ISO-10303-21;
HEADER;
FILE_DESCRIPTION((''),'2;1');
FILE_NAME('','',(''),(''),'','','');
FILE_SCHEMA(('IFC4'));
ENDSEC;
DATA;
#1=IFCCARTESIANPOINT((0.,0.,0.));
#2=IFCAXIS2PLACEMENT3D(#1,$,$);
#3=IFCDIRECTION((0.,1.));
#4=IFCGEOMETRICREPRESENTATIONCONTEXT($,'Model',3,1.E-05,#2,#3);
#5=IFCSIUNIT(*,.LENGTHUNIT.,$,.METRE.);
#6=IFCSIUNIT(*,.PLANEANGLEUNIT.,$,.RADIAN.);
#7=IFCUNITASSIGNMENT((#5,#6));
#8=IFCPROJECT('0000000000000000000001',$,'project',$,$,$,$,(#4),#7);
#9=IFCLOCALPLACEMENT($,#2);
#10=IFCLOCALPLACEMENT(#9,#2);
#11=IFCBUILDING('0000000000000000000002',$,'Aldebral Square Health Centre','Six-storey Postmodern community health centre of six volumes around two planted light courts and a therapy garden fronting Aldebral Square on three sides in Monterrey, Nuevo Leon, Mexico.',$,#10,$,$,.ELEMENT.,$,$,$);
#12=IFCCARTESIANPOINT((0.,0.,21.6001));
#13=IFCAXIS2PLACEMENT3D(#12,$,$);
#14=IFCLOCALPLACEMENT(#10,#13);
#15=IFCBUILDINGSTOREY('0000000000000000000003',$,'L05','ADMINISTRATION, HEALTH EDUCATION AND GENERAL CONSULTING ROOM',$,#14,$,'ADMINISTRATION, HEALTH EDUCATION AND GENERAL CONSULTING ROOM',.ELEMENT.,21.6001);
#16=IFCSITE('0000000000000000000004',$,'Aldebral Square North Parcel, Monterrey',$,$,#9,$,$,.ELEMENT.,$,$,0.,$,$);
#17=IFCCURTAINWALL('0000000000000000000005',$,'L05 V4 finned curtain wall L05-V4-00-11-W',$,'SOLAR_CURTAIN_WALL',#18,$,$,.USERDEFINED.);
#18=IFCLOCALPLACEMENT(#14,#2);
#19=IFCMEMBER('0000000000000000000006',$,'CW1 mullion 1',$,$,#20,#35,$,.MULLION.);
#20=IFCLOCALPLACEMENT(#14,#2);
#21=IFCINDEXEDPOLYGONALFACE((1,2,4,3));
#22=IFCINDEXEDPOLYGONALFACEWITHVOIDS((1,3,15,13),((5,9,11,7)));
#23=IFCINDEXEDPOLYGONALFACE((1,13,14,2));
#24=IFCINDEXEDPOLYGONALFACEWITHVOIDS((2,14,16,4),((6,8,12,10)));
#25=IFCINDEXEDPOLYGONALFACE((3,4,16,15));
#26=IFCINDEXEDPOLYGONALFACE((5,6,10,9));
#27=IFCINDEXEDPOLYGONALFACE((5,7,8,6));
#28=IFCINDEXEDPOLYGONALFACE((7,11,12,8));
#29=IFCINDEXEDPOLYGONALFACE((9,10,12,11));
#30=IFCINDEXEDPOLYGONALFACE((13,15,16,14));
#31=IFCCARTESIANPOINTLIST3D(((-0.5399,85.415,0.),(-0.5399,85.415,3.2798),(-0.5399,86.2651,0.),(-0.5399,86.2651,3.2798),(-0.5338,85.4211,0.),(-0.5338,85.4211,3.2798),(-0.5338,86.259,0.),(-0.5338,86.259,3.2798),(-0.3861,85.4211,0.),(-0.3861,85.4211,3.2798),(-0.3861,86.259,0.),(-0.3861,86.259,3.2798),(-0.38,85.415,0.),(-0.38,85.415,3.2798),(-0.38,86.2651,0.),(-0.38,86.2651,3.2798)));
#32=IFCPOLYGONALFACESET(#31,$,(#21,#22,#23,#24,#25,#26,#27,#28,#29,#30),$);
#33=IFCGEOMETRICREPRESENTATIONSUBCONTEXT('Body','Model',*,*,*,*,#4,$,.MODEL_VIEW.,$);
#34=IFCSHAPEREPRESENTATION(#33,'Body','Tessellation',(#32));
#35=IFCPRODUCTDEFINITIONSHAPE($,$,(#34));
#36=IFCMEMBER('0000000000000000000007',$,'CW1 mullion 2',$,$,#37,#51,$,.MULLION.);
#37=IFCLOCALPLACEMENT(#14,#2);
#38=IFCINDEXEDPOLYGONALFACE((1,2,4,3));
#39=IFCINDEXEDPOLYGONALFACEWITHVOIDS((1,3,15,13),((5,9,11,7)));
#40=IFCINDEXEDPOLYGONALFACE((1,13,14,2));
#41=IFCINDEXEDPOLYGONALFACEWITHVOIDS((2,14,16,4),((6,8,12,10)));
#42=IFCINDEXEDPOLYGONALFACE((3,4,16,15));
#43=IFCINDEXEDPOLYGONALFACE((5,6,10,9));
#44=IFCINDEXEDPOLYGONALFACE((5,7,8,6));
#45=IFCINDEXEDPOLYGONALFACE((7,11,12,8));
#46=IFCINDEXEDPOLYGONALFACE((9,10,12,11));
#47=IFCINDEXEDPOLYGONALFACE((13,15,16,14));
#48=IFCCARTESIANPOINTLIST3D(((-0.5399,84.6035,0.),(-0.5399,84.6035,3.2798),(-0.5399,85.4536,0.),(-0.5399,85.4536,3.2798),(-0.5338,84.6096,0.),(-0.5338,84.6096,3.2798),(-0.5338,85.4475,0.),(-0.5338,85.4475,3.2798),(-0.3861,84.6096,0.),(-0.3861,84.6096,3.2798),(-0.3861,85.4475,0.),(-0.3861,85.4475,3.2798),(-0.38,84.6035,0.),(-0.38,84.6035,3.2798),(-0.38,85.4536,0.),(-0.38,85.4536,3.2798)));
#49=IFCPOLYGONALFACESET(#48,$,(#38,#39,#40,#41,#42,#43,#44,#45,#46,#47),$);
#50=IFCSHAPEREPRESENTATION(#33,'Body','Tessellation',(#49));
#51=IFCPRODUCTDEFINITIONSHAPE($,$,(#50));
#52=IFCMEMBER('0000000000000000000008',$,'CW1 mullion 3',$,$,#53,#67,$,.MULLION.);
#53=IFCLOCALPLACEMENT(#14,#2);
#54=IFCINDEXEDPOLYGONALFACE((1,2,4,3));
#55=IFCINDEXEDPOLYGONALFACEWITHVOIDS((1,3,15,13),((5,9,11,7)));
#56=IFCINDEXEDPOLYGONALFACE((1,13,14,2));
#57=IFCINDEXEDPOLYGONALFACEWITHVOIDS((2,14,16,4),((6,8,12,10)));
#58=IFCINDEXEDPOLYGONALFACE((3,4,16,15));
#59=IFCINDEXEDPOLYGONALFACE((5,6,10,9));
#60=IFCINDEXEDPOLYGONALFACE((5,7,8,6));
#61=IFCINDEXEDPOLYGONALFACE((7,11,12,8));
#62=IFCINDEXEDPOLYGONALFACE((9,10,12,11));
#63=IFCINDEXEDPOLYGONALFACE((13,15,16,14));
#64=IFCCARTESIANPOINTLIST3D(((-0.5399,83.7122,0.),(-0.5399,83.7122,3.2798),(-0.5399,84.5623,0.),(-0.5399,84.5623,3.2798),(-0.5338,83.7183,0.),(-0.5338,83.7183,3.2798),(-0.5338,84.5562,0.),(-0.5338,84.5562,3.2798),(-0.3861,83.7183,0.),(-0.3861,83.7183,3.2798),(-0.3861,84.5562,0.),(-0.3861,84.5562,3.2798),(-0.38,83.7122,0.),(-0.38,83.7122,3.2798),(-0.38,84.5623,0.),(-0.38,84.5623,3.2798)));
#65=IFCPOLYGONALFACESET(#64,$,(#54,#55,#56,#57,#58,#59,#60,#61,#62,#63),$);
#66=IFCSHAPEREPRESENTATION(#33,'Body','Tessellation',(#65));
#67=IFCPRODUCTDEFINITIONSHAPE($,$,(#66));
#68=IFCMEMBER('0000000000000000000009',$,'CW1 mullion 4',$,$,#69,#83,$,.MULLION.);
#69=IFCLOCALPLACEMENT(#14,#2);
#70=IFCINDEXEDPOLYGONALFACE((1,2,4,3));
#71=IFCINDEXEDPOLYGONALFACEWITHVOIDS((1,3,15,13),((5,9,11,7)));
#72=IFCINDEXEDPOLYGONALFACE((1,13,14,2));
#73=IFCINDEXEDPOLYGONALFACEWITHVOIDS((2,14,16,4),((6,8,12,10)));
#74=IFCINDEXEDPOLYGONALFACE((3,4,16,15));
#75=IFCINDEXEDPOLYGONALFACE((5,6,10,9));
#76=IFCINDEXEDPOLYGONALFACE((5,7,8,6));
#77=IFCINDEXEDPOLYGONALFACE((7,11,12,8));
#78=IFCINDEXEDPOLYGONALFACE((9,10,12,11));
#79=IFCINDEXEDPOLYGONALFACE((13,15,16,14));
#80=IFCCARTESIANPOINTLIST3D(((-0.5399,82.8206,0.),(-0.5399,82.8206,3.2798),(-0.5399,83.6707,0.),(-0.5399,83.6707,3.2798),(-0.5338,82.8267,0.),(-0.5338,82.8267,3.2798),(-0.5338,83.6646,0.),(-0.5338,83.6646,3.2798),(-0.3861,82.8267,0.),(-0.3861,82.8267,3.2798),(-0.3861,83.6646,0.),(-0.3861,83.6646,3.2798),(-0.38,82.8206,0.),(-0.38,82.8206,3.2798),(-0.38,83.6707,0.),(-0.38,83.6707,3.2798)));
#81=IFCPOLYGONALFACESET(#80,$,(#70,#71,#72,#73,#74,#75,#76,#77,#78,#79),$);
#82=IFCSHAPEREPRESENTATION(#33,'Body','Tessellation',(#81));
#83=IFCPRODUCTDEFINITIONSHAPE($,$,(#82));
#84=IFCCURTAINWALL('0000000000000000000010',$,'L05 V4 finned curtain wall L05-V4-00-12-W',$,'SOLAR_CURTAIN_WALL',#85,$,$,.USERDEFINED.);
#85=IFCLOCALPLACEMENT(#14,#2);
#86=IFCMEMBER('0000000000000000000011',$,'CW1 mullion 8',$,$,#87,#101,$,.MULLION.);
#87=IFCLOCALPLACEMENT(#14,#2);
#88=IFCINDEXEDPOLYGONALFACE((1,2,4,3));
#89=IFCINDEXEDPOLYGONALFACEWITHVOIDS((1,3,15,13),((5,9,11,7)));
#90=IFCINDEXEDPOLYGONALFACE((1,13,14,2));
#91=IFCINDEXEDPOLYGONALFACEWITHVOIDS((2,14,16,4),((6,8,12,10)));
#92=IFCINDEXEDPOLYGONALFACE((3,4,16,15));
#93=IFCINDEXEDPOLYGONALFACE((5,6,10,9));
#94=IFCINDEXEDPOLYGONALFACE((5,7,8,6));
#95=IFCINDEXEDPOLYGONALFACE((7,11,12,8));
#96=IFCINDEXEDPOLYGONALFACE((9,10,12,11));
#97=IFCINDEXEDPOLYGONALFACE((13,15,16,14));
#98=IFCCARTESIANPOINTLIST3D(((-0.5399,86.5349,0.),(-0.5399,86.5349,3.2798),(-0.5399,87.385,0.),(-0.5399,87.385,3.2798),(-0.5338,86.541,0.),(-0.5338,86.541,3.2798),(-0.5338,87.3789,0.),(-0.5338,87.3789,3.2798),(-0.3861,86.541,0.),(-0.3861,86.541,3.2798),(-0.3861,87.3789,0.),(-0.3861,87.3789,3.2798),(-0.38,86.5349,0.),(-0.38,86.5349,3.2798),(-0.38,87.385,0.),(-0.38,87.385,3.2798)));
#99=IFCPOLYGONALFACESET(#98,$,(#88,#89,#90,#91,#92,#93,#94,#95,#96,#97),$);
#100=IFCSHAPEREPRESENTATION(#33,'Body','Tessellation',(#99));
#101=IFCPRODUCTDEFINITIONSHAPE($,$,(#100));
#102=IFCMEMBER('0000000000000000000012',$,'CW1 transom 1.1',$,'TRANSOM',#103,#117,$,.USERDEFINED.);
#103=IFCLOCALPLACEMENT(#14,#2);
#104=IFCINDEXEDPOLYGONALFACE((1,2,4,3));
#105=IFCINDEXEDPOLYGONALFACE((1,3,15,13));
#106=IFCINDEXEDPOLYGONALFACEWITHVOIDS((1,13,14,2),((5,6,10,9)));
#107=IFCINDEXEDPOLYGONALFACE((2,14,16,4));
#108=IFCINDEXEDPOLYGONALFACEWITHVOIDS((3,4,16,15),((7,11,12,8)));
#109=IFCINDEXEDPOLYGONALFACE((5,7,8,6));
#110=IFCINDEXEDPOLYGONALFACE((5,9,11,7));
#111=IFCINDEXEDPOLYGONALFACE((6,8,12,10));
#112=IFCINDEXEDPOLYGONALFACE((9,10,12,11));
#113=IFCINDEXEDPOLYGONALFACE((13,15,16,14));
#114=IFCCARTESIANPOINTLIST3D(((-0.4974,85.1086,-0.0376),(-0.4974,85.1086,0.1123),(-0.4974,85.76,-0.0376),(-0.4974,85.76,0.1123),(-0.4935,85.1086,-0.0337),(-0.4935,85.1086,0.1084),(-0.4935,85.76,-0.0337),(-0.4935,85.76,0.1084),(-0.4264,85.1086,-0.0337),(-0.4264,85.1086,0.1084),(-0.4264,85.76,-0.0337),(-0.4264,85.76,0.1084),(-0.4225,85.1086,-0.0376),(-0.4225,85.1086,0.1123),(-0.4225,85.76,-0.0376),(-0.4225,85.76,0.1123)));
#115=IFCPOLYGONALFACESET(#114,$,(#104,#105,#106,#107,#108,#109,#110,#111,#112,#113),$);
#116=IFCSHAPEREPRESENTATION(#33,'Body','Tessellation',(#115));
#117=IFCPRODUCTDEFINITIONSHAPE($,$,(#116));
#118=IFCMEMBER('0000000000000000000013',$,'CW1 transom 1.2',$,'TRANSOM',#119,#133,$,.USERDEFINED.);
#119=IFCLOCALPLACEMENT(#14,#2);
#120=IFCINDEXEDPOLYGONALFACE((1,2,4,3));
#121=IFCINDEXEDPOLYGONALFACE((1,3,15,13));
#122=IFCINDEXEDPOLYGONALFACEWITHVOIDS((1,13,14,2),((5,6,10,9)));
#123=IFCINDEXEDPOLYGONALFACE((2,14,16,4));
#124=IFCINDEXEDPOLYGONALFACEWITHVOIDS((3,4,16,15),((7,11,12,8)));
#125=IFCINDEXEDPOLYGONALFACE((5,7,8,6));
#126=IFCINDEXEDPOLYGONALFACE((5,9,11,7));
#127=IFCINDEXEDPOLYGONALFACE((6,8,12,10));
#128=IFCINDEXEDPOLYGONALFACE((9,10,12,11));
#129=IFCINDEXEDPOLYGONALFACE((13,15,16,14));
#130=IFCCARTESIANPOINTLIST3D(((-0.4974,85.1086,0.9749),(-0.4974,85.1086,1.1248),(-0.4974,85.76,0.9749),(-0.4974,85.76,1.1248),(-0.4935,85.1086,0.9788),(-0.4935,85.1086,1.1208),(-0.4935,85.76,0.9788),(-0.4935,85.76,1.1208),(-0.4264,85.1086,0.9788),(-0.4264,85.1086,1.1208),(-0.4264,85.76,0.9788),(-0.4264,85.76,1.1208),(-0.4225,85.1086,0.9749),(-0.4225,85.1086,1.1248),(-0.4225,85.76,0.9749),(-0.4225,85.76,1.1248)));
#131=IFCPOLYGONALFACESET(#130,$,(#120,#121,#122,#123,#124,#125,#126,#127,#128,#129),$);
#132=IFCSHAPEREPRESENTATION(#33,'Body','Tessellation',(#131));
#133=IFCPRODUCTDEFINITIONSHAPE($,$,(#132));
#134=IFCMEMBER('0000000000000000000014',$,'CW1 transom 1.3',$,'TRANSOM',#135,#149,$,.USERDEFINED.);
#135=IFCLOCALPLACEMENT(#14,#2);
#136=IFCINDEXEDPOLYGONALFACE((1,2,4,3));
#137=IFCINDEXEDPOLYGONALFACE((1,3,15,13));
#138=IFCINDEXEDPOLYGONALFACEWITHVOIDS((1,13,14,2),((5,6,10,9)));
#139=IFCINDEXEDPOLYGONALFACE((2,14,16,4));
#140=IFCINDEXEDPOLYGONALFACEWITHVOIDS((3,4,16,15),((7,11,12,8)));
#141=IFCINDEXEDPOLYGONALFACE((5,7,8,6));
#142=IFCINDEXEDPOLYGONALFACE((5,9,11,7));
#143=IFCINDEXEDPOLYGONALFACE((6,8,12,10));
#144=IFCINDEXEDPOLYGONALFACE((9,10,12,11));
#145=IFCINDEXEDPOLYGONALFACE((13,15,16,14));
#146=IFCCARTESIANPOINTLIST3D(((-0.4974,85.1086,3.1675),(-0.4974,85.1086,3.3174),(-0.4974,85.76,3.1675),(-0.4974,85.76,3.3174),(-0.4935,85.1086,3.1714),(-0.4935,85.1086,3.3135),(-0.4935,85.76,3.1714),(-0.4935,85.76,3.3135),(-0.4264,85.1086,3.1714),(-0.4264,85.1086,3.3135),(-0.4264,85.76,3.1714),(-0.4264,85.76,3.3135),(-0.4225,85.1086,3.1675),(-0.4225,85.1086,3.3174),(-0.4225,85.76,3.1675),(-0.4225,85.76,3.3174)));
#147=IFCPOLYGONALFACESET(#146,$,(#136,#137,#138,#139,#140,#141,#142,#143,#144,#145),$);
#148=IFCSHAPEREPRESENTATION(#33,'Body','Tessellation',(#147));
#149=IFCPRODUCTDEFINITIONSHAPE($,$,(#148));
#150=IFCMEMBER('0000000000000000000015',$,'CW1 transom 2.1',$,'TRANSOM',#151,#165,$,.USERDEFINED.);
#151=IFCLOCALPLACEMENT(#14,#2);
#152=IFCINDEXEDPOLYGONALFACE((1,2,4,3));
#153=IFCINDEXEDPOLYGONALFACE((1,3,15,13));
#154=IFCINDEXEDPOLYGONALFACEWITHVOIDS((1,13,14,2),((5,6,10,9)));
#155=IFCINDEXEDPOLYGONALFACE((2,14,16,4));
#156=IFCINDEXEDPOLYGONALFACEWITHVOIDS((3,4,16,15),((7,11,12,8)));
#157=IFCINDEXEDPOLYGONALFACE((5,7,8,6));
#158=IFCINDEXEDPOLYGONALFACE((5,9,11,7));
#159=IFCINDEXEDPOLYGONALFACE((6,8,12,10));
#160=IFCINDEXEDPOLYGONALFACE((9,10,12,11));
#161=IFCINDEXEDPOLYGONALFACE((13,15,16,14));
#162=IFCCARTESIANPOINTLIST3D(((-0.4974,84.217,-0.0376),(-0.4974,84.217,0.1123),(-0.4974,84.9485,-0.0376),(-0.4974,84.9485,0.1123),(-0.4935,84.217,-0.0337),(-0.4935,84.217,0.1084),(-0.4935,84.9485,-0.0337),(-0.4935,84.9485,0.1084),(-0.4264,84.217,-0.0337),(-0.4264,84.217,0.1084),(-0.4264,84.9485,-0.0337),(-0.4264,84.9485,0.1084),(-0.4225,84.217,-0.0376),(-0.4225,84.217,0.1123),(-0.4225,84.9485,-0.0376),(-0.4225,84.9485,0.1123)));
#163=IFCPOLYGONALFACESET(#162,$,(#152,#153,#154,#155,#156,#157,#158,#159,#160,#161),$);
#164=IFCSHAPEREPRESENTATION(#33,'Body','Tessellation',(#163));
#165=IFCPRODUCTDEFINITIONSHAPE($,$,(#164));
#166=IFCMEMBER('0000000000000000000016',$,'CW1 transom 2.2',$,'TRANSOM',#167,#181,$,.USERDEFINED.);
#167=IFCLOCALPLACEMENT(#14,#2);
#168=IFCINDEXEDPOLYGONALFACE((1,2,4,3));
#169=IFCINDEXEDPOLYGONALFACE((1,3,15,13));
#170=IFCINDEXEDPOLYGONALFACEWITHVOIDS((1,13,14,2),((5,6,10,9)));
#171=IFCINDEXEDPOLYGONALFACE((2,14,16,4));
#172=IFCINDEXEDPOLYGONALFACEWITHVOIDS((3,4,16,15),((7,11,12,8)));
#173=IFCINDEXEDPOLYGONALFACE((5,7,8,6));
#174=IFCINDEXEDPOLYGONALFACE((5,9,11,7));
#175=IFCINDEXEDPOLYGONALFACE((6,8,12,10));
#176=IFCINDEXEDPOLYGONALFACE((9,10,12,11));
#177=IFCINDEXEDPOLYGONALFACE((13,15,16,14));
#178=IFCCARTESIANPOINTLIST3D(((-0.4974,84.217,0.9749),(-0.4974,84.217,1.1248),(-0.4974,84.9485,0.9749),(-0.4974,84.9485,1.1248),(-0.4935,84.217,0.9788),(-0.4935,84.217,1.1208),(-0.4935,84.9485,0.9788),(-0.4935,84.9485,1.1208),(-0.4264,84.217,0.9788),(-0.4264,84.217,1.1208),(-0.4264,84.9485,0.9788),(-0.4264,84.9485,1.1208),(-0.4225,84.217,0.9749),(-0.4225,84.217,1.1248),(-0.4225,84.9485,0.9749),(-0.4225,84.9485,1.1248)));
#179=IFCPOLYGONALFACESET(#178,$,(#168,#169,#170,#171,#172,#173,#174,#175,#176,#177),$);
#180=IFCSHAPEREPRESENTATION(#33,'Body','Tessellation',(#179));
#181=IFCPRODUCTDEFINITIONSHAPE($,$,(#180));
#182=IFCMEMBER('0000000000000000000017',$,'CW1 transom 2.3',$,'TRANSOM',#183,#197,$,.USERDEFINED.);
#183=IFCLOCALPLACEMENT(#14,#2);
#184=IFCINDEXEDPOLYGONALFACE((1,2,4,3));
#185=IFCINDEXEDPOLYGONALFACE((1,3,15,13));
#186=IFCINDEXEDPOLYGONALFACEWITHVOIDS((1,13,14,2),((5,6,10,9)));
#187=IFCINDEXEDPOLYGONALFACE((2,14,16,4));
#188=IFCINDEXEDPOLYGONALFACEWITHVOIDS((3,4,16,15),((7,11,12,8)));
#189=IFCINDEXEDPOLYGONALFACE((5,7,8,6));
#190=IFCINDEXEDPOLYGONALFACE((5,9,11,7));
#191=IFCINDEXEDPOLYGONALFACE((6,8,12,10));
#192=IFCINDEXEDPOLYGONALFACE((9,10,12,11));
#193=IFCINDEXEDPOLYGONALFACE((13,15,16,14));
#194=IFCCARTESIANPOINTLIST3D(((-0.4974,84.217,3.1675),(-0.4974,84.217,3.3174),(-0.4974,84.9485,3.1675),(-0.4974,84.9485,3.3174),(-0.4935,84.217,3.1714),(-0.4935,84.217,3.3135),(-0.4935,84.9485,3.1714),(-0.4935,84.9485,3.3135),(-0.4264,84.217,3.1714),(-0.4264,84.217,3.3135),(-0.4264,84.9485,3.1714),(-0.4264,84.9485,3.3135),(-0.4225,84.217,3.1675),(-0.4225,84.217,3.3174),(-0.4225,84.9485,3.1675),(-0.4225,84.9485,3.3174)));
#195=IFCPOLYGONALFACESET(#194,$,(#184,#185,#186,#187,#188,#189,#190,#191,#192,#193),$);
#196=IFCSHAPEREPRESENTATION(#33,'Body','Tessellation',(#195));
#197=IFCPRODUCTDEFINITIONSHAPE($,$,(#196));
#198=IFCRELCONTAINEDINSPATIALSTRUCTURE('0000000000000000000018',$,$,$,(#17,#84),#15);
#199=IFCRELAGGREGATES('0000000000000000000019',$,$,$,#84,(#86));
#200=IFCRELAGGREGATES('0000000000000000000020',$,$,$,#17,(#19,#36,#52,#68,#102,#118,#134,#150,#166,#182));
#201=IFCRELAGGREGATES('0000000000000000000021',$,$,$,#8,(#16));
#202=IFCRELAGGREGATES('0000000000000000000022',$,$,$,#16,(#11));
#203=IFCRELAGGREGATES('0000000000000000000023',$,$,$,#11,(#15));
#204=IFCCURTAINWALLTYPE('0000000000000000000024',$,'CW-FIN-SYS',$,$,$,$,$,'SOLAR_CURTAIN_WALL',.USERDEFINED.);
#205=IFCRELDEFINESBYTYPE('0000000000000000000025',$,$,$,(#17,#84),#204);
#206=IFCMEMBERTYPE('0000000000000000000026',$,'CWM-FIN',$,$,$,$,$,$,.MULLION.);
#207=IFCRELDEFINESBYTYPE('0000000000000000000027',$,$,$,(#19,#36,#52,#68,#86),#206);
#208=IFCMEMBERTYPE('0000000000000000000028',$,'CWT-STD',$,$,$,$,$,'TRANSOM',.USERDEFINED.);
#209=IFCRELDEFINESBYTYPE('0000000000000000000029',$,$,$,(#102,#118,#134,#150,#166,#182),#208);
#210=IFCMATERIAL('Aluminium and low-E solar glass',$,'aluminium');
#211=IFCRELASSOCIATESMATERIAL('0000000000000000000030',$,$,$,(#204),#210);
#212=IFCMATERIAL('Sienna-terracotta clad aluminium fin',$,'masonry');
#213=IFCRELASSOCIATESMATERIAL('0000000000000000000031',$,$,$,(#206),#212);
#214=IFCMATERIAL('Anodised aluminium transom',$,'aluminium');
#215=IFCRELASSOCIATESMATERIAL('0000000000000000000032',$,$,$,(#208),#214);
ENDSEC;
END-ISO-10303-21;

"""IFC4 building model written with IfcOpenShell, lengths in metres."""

from ifc_helpers import new_model, si_unit, direction, frame, origin, origin_2d, place, context, subcontext, project, spatial, hollow_rectangle, extrude, material, material_profile, profile_set, type_object, element, aggregate, save


model = new_model("IFC4")

# Units and contexts
model_context = context("Model", 3, precision=1e-05, world=origin(), true_north=direction((0.0, 1.0)))
body_context = subcontext(model_context, "Body", "Model", "MODEL_VIEW")
ifc_project = project(units=[si_unit("LENGTHUNIT", "METRE"), si_unit("PLANEANGLEUNIT", "RADIAN")], contexts=[model_context])

# Site, building, storey
site_placement = place(None, origin())
site = spatial("IfcSite", under=ifc_project, at=site_placement, Name="Aldebral Square North Parcel, Monterrey", CompositionType="ELEMENT", RefElevation=0.0)
building_placement = place(site_placement, origin())
building = spatial("IfcBuilding", under=site, at=building_placement, Name="Aldebral Square Health Centre", Description="Six-storey Postmodern community health centre of six volumes around two planted light courts and a therapy garden fronting Aldebral Square on three sides in Monterrey, Nuevo Leon, Mexico.", CompositionType="ELEMENT")
storey_placement = place(building_placement, frame((0.0, 0.0, 21.6001)))
storey = spatial("IfcBuildingStorey", under=building, at=storey_placement, Name="L05", Description="ADMINISTRATION, HEALTH EDUCATION AND GENERAL CONSULTING ROOM", LongName="ADMINISTRATION, HEALTH EDUCATION AND GENERAL CONSULTING ROOM", CompositionType="ELEMENT", Elevation=21.6001)

# Curtain wall, members
ifc_material_1 = material(Name="Aluminium and low-E solar glass", Category="aluminium")
curtain_wall_type = type_object("IfcCurtainWallType", Name="CW-FIN-SYS", ElementType="SOLAR_CURTAIN_WALL", PredefinedType="USERDEFINED", material=ifc_material_1)
curtain_wall_1_placement = place(storey_placement, origin())
curtain_wall_1 = element("IfcCurtainWall", 1, at=curtain_wall_1_placement, inside=storey, type_object=curtain_wall_type, Name="L05 V4 finned curtain wall L05-V4-00-11-W", ObjectType="SOLAR_CURTAIN_WALL", PredefinedType="USERDEFINED")
ifc_material_2 = material(Name="Sienna-terracotta clad aluminium fin", Category="masonry")
ifc_material_profile_1 = material_profile(ifc_material_2, hollow_rectangle(XDim=0.1599, YDim=0.8501, WallThickness=0.0061, at=origin_2d()), Name="FIN 160x850x6")
ifc_profile_set_1 = profile_set([ifc_material_profile_1], Name="Sienna-terracotta clad aluminium fin")
member_type_1 = type_object("IfcMemberType", Name="CWM-FIN", PredefinedType="MULLION", material=ifc_profile_set_1)
member_1_placement = place(storey_placement, frame((-0.46, 85.8401, 0.0), z_axis=(0.0, 0.0, 1.0), x_axis=(1.0, 0.0, 0.0)))
member_1 = element("IfcMember", 2, at=member_1_placement, type_object=member_type_1, Name="CW1 mullion 1", PredefinedType="MULLION", context=body_context, shape_type="SweptSolid", body=[
    extrude(hollow_rectangle(XDim=0.1599, YDim=0.8501, WallThickness=0.0061, at=origin_2d()), origin(), (0.0, 0.0, 1.0), 3.2798),
])
member_2_placement = place(storey_placement, frame((-0.46, 85.0286, 0.0), z_axis=(0.0, 0.0, 1.0), x_axis=(1.0, 0.0, 0.0)))
member_2 = element("IfcMember", 3, at=member_2_placement, type_object=member_type_1, Name="CW1 mullion 2", PredefinedType="MULLION", context=body_context, shape_type="SweptSolid", body=[
    extrude(hollow_rectangle(XDim=0.1599, YDim=0.8501, WallThickness=0.0061, at=origin_2d()), origin(), (0.0, 0.0, 1.0), 3.2798),
])
member_3_placement = place(storey_placement, frame((-0.46, 84.1372, 0.0), z_axis=(0.0, 0.0, 1.0), x_axis=(1.0, 0.0, 0.0)))
member_3 = element("IfcMember", 4, at=member_3_placement, type_object=member_type_1, Name="CW1 mullion 3", PredefinedType="MULLION", context=body_context, shape_type="SweptSolid", body=[
    extrude(hollow_rectangle(XDim=0.1599, YDim=0.8501, WallThickness=0.0061, at=origin_2d()), origin(), (0.0, 0.0, 1.0), 3.2798),
])
member_4_placement = place(storey_placement, frame((-0.46, 83.2456, 0.0), z_axis=(0.0, 0.0, 1.0), x_axis=(1.0, 0.0, 0.0)))
member_4 = element("IfcMember", 5, at=member_4_placement, type_object=member_type_1, Name="CW1 mullion 4", PredefinedType="MULLION", context=body_context, shape_type="SweptSolid", body=[
    extrude(hollow_rectangle(XDim=0.1599, YDim=0.8501, WallThickness=0.0061, at=origin_2d()), origin(), (0.0, 0.0, 1.0), 3.2798),
])

# Curtain wall, member
curtain_wall_2_placement = place(storey_placement, origin())
curtain_wall_2 = element("IfcCurtainWall", 6, at=curtain_wall_2_placement, inside=storey, type_object=curtain_wall_type, Name="L05 V4 finned curtain wall L05-V4-00-12-W", ObjectType="SOLAR_CURTAIN_WALL", PredefinedType="USERDEFINED")
member_5_placement = place(storey_placement, frame((-0.46, 86.96, 0.0), z_axis=(0.0, 0.0, 1.0), x_axis=(1.0, 0.0, 0.0)))
member_5 = element("IfcMember", 7, at=member_5_placement, type_object=member_type_1, Name="CW1 mullion 8", PredefinedType="MULLION", context=body_context, shape_type="SweptSolid", body=[
    extrude(hollow_rectangle(XDim=0.1599, YDim=0.8501, WallThickness=0.0061, at=origin_2d()), origin(), (0.0, 0.0, 1.0), 3.2798),
])
aggregate(curtain_wall_2, [member_5])

# Members
ifc_material_3 = material(Name="Anodised aluminium transom", Category="aluminium")
ifc_material_profile_2 = material_profile(ifc_material_3, hollow_rectangle(XDim=0.075, YDim=0.1499, WallThickness=0.0039, at=origin_2d()), Name="CWT 75x150x4")
ifc_profile_set_2 = profile_set([ifc_material_profile_2], Name="Anodised aluminium transom")
member_type_2 = type_object("IfcMemberType", Name="CWT-STD", ElementType="TRANSOM", PredefinedType="USERDEFINED", material=ifc_profile_set_2)
member_6_placement = place(storey_placement, frame((-0.46, 85.76, 0.0374), z_axis=(0.0, -1.0, 0.0), x_axis=(1.0, 0.0, 0.0)))
member_6 = element("IfcMember", 8, at=member_6_placement, type_object=member_type_2, Name="CW1 transom 1.1", ObjectType="TRANSOM", PredefinedType="USERDEFINED", context=body_context, shape_type="SweptSolid", body=[
    extrude(hollow_rectangle(XDim=0.075, YDim=0.1499, WallThickness=0.0039, at=origin_2d()), origin(), (0.0, 0.0, 1.0), 0.6514),
])
member_7_placement = place(storey_placement, frame((-0.46, 85.76, 1.0498), z_axis=(0.0, -1.0, 0.0), x_axis=(1.0, 0.0, 0.0)))
member_7 = element("IfcMember", 9, at=member_7_placement, type_object=member_type_2, Name="CW1 transom 1.2", ObjectType="TRANSOM", PredefinedType="USERDEFINED", context=body_context, shape_type="SweptSolid", body=[
    extrude(hollow_rectangle(XDim=0.075, YDim=0.1499, WallThickness=0.0039, at=origin_2d()), origin(), (0.0, 0.0, 1.0), 0.6514),
])
member_8_placement = place(storey_placement, frame((-0.46, 85.76, 3.2424), z_axis=(0.0, -1.0, 0.0), x_axis=(1.0, 0.0, 0.0)))
member_8 = element("IfcMember", 10, at=member_8_placement, type_object=member_type_2, Name="CW1 transom 1.3", ObjectType="TRANSOM", PredefinedType="USERDEFINED", context=body_context, shape_type="SweptSolid", body=[
    extrude(hollow_rectangle(XDim=0.075, YDim=0.1499, WallThickness=0.0039, at=origin_2d()), origin(), (0.0, 0.0, 1.0), 0.6514),
])
member_9_placement = place(storey_placement, frame((-0.46, 84.9485, 0.0374), z_axis=(0.0, -1.0, 0.0), x_axis=(1.0, 0.0, 0.0)))
member_9 = element("IfcMember", 11, at=member_9_placement, type_object=member_type_2, Name="CW1 transom 2.1", ObjectType="TRANSOM", PredefinedType="USERDEFINED", context=body_context, shape_type="SweptSolid", body=[
    extrude(hollow_rectangle(XDim=0.075, YDim=0.1499, WallThickness=0.0039, at=origin_2d()), origin(), (0.0, 0.0, 1.0), 0.7314),
])
member_10_placement = place(storey_placement, frame((-0.46, 84.9485, 1.0498), z_axis=(0.0, -1.0, 0.0), x_axis=(1.0, 0.0, 0.0)))
member_10 = element("IfcMember", 12, at=member_10_placement, type_object=member_type_2, Name="CW1 transom 2.2", ObjectType="TRANSOM", PredefinedType="USERDEFINED", context=body_context, shape_type="SweptSolid", body=[
    extrude(hollow_rectangle(XDim=0.075, YDim=0.1499, WallThickness=0.0039, at=origin_2d()), origin(), (0.0, 0.0, 1.0), 0.7314),
])
member_11_placement = place(storey_placement, frame((-0.46, 84.9485, 3.2424), z_axis=(0.0, -1.0, 0.0), x_axis=(1.0, 0.0, 0.0)))
member_11 = element("IfcMember", 13, at=member_11_placement, type_object=member_type_2, Name="CW1 transom 2.3", ObjectType="TRANSOM", PredefinedType="USERDEFINED", context=body_context, shape_type="SweptSolid", body=[
    extrude(hollow_rectangle(XDim=0.075, YDim=0.1499, WallThickness=0.0039, at=origin_2d()), origin(), (0.0, 0.0, 1.0), 0.7314),
])

aggregate(curtain_wall_1, [member_1, member_2, member_3, member_4, member_6, member_7, member_8, member_9, member_10, member_11])

save(model, "model.ifc")
